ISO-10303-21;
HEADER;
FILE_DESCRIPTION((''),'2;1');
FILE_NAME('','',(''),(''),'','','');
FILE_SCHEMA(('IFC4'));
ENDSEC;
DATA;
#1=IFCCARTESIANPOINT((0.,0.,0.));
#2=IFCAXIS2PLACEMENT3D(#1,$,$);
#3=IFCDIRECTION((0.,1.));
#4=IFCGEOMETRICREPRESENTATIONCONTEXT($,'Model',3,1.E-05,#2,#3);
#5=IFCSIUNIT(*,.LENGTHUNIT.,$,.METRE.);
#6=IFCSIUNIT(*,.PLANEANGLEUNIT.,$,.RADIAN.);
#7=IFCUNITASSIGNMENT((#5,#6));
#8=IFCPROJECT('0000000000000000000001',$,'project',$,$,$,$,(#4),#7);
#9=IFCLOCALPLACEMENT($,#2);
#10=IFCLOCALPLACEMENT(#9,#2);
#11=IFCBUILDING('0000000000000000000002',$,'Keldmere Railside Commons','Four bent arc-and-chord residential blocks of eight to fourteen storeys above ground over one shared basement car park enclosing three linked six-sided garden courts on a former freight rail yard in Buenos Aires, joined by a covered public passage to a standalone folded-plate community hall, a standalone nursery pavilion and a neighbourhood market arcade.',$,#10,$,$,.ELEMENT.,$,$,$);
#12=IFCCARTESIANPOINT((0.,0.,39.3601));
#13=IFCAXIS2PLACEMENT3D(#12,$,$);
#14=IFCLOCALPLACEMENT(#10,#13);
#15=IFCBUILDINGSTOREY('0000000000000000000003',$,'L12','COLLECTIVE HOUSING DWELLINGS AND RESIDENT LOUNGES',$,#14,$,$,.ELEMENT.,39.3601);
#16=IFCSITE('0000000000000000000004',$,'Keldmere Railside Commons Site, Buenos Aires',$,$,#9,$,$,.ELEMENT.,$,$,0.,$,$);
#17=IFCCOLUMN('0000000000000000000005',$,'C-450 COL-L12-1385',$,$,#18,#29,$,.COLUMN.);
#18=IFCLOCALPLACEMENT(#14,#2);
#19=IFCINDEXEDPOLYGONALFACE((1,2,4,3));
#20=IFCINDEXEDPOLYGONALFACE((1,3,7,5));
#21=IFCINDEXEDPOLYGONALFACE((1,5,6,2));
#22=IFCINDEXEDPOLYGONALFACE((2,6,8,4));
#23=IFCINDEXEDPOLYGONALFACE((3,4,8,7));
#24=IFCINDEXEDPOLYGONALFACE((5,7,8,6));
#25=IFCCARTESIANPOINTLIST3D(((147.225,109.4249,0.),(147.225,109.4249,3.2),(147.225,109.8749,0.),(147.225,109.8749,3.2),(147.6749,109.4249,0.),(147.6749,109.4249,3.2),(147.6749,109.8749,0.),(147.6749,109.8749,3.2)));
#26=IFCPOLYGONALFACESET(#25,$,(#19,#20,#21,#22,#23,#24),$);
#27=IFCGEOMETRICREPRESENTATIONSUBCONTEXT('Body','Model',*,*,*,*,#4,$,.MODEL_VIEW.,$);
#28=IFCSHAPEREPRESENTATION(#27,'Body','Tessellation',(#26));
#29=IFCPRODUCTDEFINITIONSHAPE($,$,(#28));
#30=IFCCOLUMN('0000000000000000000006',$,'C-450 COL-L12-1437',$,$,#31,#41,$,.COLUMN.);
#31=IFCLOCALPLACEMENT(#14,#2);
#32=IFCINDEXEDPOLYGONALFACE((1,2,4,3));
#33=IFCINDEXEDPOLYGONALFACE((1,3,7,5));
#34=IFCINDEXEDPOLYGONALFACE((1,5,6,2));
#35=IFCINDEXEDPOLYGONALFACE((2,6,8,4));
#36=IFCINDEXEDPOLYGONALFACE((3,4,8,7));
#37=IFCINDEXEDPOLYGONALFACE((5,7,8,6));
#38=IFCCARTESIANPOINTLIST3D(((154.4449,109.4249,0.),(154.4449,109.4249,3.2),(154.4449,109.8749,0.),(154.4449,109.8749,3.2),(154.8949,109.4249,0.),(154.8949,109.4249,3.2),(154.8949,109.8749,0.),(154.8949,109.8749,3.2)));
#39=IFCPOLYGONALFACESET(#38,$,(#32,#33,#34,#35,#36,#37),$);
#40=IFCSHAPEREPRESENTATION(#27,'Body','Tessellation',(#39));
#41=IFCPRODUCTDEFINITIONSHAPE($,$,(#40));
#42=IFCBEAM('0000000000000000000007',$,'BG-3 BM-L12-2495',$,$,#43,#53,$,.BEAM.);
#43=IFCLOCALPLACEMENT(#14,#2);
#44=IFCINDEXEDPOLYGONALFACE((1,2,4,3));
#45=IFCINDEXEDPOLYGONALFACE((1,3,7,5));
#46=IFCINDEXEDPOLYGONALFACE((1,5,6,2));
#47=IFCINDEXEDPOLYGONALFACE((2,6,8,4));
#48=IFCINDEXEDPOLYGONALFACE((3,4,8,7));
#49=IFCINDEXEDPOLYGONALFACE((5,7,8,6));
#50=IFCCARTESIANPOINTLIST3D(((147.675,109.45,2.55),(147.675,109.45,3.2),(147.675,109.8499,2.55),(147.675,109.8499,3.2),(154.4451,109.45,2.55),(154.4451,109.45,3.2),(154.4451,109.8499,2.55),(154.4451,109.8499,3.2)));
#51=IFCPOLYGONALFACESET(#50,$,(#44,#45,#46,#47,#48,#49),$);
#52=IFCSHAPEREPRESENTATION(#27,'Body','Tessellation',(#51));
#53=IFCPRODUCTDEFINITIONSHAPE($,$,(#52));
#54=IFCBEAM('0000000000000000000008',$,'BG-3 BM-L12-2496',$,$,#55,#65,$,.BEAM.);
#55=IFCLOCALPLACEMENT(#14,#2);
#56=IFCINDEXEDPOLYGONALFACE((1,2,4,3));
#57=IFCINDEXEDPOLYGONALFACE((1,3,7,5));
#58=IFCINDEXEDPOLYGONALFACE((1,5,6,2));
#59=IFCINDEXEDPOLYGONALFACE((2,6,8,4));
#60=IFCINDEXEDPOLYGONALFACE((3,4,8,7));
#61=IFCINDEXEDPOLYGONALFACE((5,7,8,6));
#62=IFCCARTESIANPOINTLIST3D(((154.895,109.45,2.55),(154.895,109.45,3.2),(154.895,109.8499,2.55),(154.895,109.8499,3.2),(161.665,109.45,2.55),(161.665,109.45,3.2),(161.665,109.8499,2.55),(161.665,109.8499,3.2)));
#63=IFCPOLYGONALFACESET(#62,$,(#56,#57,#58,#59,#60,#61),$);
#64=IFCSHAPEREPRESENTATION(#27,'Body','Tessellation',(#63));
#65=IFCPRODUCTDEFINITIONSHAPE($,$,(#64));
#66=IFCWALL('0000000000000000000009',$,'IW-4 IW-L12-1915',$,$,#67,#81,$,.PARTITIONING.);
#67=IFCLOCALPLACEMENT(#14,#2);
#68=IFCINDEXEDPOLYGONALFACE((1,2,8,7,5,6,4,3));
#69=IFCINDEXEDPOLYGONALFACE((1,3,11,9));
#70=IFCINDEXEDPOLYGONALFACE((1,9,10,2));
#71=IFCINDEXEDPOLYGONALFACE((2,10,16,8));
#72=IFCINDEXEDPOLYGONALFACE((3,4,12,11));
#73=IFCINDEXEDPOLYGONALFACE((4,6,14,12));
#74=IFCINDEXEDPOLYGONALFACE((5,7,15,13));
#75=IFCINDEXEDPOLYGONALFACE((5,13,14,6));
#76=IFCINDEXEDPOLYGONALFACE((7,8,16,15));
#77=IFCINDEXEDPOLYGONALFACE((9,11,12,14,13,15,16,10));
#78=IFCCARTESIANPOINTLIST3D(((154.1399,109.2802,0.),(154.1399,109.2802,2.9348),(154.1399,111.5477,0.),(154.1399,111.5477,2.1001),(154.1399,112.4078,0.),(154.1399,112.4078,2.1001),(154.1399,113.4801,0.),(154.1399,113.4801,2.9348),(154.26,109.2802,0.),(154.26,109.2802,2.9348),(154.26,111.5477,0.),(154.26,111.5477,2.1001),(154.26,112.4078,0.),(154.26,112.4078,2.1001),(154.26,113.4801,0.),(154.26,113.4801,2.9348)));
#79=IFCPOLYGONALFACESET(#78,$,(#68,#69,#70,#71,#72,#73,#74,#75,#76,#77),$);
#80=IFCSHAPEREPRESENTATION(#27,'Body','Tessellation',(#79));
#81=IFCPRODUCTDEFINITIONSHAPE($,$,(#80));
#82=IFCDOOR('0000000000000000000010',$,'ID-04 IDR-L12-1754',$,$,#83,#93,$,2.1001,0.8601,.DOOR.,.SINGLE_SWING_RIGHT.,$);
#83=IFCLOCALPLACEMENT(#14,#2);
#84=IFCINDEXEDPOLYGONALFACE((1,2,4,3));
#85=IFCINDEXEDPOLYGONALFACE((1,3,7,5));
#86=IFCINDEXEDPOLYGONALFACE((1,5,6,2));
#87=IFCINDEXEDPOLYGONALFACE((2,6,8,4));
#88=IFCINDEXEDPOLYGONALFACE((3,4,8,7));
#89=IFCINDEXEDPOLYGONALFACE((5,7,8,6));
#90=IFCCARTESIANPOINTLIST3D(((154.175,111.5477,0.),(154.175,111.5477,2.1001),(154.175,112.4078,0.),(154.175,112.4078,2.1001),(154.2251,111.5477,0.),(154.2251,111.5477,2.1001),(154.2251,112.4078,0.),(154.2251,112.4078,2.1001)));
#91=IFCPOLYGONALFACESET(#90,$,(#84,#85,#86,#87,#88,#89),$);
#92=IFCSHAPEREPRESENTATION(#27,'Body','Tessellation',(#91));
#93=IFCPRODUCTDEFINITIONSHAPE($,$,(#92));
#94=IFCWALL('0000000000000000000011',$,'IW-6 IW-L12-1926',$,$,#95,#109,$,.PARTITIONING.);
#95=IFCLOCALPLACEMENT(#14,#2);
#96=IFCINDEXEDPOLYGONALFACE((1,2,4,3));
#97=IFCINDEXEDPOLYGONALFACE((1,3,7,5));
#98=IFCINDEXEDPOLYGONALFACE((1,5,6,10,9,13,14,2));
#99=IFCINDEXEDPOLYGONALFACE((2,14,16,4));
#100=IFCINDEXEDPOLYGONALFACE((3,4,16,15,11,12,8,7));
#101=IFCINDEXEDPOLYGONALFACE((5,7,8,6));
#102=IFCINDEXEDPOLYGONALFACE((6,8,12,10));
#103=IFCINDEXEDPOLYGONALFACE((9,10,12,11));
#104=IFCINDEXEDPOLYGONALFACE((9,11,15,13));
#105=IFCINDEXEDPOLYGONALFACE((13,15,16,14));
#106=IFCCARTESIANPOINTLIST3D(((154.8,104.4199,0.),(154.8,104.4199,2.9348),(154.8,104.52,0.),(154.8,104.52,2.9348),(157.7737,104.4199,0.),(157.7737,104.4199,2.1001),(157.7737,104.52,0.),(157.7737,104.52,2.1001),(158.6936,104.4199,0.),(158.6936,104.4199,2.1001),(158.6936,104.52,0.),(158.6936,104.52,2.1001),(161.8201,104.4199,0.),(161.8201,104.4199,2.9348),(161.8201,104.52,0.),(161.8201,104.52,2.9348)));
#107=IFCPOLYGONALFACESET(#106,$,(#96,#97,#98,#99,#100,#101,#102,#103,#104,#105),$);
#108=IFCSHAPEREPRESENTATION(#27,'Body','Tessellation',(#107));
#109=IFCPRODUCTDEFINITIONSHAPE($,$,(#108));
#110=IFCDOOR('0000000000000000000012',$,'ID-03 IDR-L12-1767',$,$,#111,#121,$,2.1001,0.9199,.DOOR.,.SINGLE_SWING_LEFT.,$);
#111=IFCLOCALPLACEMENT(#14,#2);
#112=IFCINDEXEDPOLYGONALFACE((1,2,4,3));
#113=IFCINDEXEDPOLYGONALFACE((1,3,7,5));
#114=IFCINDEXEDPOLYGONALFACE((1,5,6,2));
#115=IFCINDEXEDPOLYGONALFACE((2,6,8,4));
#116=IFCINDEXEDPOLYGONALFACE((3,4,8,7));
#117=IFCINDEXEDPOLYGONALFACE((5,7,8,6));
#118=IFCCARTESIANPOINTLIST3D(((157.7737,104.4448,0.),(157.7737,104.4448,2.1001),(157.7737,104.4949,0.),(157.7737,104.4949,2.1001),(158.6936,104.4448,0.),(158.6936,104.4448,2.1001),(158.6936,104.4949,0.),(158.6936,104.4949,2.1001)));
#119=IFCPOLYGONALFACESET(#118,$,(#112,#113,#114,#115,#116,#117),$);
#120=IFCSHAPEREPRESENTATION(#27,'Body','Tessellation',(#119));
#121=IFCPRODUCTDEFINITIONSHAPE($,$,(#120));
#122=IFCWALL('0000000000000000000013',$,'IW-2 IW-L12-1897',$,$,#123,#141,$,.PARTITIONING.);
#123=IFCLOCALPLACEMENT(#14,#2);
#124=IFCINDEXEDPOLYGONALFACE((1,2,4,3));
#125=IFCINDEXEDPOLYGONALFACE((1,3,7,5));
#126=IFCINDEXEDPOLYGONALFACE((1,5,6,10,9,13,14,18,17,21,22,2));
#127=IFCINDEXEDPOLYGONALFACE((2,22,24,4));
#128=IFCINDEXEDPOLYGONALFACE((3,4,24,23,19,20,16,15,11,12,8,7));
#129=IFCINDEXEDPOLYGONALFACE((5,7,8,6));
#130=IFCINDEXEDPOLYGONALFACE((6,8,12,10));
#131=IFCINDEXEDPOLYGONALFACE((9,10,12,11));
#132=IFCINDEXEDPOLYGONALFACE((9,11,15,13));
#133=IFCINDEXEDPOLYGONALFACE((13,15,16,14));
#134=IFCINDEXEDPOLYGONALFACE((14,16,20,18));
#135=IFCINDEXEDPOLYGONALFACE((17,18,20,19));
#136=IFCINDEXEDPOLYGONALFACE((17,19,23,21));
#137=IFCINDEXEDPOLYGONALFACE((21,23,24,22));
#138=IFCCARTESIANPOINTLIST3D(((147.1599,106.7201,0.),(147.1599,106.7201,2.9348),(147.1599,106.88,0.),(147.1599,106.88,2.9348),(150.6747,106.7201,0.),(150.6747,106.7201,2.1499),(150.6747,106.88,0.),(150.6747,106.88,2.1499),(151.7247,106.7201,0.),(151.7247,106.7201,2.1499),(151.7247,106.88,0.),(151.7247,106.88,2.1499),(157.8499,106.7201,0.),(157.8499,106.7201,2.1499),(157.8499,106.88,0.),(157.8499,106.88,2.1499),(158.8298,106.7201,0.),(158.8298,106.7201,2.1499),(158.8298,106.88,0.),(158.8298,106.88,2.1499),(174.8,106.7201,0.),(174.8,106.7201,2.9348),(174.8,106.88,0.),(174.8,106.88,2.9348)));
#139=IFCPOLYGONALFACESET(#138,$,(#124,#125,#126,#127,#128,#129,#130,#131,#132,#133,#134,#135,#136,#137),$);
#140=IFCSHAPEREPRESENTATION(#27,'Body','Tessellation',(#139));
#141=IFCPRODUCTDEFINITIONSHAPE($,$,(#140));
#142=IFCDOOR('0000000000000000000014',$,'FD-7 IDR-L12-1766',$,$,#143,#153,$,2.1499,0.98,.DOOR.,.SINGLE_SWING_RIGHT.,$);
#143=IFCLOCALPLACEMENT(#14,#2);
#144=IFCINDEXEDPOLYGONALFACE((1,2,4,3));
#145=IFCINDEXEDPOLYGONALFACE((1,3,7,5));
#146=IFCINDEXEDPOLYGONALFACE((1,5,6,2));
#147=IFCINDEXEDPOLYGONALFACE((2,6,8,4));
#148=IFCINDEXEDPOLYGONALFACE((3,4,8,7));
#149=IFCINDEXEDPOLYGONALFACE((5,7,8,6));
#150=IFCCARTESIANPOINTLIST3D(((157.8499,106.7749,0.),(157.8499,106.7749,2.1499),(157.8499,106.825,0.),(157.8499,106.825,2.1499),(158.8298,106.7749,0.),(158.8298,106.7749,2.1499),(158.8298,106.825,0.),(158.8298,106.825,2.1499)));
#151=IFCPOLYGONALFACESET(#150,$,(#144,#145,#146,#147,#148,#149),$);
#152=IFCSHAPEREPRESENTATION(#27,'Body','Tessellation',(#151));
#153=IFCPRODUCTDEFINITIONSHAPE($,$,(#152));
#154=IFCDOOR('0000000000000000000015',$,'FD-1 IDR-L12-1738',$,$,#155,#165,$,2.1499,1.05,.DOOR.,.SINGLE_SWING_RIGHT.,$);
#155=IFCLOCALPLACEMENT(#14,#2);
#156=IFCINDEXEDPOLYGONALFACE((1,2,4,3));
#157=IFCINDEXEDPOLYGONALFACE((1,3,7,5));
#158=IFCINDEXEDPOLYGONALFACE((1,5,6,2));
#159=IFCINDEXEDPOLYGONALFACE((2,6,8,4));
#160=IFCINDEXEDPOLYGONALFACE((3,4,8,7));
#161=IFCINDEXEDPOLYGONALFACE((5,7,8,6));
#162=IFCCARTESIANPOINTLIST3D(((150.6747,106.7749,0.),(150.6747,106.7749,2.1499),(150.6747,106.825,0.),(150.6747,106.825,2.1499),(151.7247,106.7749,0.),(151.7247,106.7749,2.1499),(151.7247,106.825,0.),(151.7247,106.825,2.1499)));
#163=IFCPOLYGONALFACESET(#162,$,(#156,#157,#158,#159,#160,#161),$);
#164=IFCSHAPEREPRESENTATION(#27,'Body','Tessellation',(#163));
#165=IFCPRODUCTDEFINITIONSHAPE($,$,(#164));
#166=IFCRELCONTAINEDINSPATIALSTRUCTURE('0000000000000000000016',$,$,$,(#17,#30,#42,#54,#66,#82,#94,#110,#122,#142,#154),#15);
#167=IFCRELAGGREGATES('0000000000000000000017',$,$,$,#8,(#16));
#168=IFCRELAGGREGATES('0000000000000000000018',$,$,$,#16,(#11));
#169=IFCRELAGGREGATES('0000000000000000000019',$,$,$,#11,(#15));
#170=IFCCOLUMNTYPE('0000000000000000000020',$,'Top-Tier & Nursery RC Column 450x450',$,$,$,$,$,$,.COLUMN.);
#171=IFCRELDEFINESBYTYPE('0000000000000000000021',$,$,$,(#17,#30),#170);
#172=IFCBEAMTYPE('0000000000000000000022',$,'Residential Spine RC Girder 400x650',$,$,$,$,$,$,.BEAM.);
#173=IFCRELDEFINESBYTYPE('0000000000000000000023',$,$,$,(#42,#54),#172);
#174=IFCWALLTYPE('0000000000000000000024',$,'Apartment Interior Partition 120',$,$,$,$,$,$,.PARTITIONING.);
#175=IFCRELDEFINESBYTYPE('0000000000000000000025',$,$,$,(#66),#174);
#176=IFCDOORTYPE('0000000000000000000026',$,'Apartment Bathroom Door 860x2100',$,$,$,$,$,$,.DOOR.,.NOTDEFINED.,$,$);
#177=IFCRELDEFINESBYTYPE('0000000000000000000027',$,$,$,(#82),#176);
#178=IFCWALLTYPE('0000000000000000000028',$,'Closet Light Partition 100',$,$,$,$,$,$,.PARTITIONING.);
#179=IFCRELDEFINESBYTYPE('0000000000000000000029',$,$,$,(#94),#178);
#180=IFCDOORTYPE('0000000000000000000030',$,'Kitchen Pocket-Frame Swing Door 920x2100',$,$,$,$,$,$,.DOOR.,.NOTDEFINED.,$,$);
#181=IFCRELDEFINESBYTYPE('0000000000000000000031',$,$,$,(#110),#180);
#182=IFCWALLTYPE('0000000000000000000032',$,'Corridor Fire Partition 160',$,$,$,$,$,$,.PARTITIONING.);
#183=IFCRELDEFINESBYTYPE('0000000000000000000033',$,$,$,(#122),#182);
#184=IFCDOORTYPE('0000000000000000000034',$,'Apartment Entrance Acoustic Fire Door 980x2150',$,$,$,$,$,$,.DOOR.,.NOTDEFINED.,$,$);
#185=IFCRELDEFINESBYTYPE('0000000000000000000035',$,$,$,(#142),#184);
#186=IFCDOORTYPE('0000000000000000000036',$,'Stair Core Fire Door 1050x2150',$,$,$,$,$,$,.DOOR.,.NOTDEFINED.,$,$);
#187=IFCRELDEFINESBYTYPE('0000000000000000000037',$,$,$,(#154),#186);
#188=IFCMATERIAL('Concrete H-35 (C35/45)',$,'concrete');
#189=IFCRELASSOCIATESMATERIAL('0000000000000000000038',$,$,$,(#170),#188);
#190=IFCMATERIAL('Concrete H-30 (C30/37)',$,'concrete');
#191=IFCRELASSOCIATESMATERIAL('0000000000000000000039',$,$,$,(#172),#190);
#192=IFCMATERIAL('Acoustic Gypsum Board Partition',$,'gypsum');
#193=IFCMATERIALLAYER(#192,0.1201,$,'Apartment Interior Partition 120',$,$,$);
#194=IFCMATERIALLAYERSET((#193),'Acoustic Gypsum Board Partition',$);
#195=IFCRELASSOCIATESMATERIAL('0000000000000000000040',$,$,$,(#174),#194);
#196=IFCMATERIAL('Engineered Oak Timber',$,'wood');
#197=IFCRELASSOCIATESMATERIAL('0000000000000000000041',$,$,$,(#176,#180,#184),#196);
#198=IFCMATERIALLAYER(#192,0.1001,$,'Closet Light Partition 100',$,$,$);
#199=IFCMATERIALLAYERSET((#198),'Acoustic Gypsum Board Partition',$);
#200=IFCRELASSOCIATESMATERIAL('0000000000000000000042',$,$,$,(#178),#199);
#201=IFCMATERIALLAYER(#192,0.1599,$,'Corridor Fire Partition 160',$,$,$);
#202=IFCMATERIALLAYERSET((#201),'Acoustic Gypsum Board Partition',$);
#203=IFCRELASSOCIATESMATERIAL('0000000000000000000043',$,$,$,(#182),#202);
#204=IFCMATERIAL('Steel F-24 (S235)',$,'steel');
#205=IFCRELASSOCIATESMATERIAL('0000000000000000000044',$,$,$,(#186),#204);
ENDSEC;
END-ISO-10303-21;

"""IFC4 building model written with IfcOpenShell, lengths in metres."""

from ifc_helpers import new_model, si_unit, direction, frame, frame_2d, origin, origin_2d, place, context, subcontext, project, spatial, rectangle, extrude, material, layer, layer_set, material_profile, profile_set, type_object, element, fill, save


model = new_model("IFC4")

# Units and contexts
model_context = context("Model", 3, precision=1e-05, world=origin(), true_north=direction((0.0, 1.0)))
body_context = subcontext(model_context, "Body", "Model", "MODEL_VIEW")
ifc_project = project(units=[si_unit("LENGTHUNIT", "METRE"), si_unit("PLANEANGLEUNIT", "RADIAN")], contexts=[model_context])

# Site, building, storey
site_placement = place(None, origin())
site = spatial("IfcSite", under=ifc_project, at=site_placement, Name="Keldmere Railside Commons Site, Buenos Aires", CompositionType="ELEMENT", RefElevation=0.0)
building_placement = place(site_placement, origin())
building = spatial("IfcBuilding", under=site, at=building_placement, Name="Keldmere Railside Commons", Description="Four bent arc-and-chord residential blocks of eight to fourteen storeys above ground over one shared basement car park enclosing three linked six-sided garden courts on a former freight rail yard in Buenos Aires, joined by a covered public passage to a standalone folded-plate community hall, a standalone nursery pavilion and a neighbourhood market arcade.", CompositionType="ELEMENT")
storey_placement = place(building_placement, frame((0.0, 0.0, 39.3601)))
storey = spatial("IfcBuildingStorey", under=building, at=storey_placement, Name="L12", Description="COLLECTIVE HOUSING DWELLINGS AND RESIDENT LOUNGES", CompositionType="ELEMENT", Elevation=39.3601)

# Columns
ifc_material_1 = material(Name="Concrete H-35 (C35/45)", Category="concrete")
ifc_material_profile_1 = material_profile(ifc_material_1, rectangle(XDim=0.45, YDim=0.45, at=origin_2d()), Name="RC-450x450")
ifc_profile_set_1 = profile_set([ifc_material_profile_1], Name="Concrete H-35 (C35/45)")
column_type = type_object("IfcColumnType", Name="Top-Tier & Nursery RC Column 450x450", PredefinedType="COLUMN", material=ifc_profile_set_1)
for number, where, z_axis, x_axis, name in (
    (1, (147.45, 109.6499, 0.0), (0.0, 0.0, 1.0), (1.0, 0.0, 0.0), "C-450 COL-L12-1385"),
    (2, (154.6699, 109.6499, 0.0), (0.0, 0.0, 1.0), (1.0, 0.0, 0.0), "C-450 COL-L12-1437"),
):
    element("IfcColumn", number, at=place(storey_placement, frame(where, z_axis=z_axis, x_axis=x_axis)), inside=storey, type_object=column_type, Name=name, PredefinedType="COLUMN", context=body_context, shape_type="SweptSolid", body=[
        extrude(rectangle(XDim=0.45, YDim=0.45, at=origin_2d()), origin(), (0.0, 0.0, 1.0), 3.2),
    ])

# Beams
ifc_material_2 = material(Name="Concrete H-30 (C30/37)", Category="concrete")
ifc_material_profile_2 = material_profile(ifc_material_2, rectangle(XDim=0.3999, YDim=0.6499, at=origin_2d()), Name="RC-400x650")
ifc_profile_set_2 = profile_set([ifc_material_profile_2], Name="Concrete H-30 (C30/37)")
beam_type = type_object("IfcBeamType", Name="Residential Spine RC Girder 400x650", PredefinedType="BEAM", material=ifc_profile_set_2)
for number, where, z_axis, x_axis, name in (
    (3, (147.675, 109.6499, 2.875), (1.0, 0.0, 0.0), (0.0, 1.0, 0.0), "BG-3 BM-L12-2495"),
    (4, (154.895, 109.6499, 2.875), (1.0, 0.0, 0.0), (0.0, 1.0, 0.0), "BG-3 BM-L12-2496"),
):
    element("IfcBeam", number, at=place(storey_placement, frame(where, z_axis=z_axis, x_axis=x_axis)), inside=storey, type_object=beam_type, Name=name, PredefinedType="BEAM", context=body_context, shape_type="SweptSolid", body=[
        extrude(rectangle(XDim=0.3999, YDim=0.6499, at=origin_2d()), origin(), (0.0, 0.0, 1.0), 6.77),
    ])

# Walls, openings, doors
ifc_material_3 = material(Name="Acoustic Gypsum Board Partition", Category="gypsum")
ifc_layer_1 = layer(ifc_material_3, 0.1201, Name="Apartment Interior Partition 120")
ifc_layer_set_1 = layer_set([ifc_layer_1], Name="Acoustic Gypsum Board Partition")
wall_type_1 = type_object("IfcWallType", Name="Apartment Interior Partition 120", PredefinedType="PARTITIONING", material=ifc_layer_set_1)
wall_1_placement = place(storey_placement, frame((154.2, 109.28, 0.0), z_axis=(0.0, 0.0, 1.0), x_axis=(0.0, 1.0, 0.0)))
wall_1 = element("IfcWall", 5, at=wall_1_placement, inside=storey, type_object=wall_type_1, Name="IW-4 IW-L12-1915", PredefinedType="PARTITIONING", context=body_context, shape_type="SweptSolid", body=[
    extrude(rectangle(XDim=4.2, YDim=0.1201, at=frame_2d((2.1001, 0.0))), origin(), (0.0, 0.0, 1.0), 2.9348),
])
opening_1_placement = place(wall_1_placement, frame((2.2676, 0.0, 0.0)))
opening_1 = element("IfcOpeningElement", 6, at=opening_1_placement, cuts=wall_1, PredefinedType="OPENING", context=body_context, shape_type="SweptSolid", body=[
    extrude(rectangle(XDim=0.8601, YDim=2.1001, at=frame_2d((0.4302, 1.05))), frame((0.0, 0.0701, 0.0), z_axis=(0.0, -1.0, 0.0), x_axis=(1.0, 0.0, 0.0)), (0.0, 0.0, 1.0), 0.1401),
])
ifc_material_4 = material(Name="Engineered Oak Timber", Category="wood")
door_type_1 = type_object("IfcDoorType", Name="Apartment Bathroom Door 860x2100", OperationType="NOTDEFINED", PredefinedType="DOOR", material=ifc_material_4)
door_1_placement = place(opening_1_placement, origin())
door_1 = element("IfcDoor", 7, at=door_1_placement, inside=storey, type_object=door_type_1, Name="ID-04 IDR-L12-1754", OperationType="SINGLE_SWING_RIGHT", OverallHeight=2.1001, OverallWidth=0.8601, PredefinedType="DOOR", context=body_context, shape_type="SweptSolid", body=[
    extrude(rectangle(XDim=0.8601, YDim=2.1001, at=frame_2d((0.4302, 1.05))), frame((0.0, 0.0249, 0.0), z_axis=(0.0, -1.0, 0.0), x_axis=(1.0, 0.0, 0.0)), (0.0, 0.0, 1.0), 0.05),
])
fill(opening_1, door_1)
ifc_layer_2 = layer(ifc_material_3, 0.1001, Name="Closet Light Partition 100")
ifc_layer_set_2 = layer_set([ifc_layer_2], Name="Acoustic Gypsum Board Partition")
wall_type_2 = type_object("IfcWallType", Name="Closet Light Partition 100", PredefinedType="PARTITIONING", material=ifc_layer_set_2)
wall_2_placement = place(storey_placement, frame((154.8, 104.47, 0.0), z_axis=(0.0, 0.0, 1.0), x_axis=(1.0, 0.0, 0.0)))
wall_2 = element("IfcWall", 8, at=wall_2_placement, inside=storey, type_object=wall_type_2, Name="IW-6 IW-L12-1926", PredefinedType="PARTITIONING", context=body_context, shape_type="SweptSolid", body=[
    extrude(rectangle(XDim=7.02, YDim=0.1001, at=frame_2d((3.51, 0.0))), origin(), (0.0, 0.0, 1.0), 2.9348),
])
opening_2_placement = place(wall_2_placement, frame((2.9736, 0.0, 0.0)))
opening_2 = element("IfcOpeningElement", 9, at=opening_2_placement, cuts=wall_2, PredefinedType="OPENING", context=body_context, shape_type="SweptSolid", body=[
    extrude(rectangle(XDim=0.9199, YDim=2.1001, at=frame_2d((0.46, 1.05))), frame((0.0, 0.0601, 0.0), z_axis=(0.0, -1.0, 0.0), x_axis=(1.0, 0.0, 0.0)), (0.0, 0.0, 1.0), 0.1201),
])
door_type_2 = type_object("IfcDoorType", Name="Kitchen Pocket-Frame Swing Door 920x2100", OperationType="NOTDEFINED", PredefinedType="DOOR", material=ifc_material_4)
door_2_placement = place(opening_2_placement, origin())
door_2 = element("IfcDoor", 10, at=door_2_placement, inside=storey, type_object=door_type_2, Name="ID-03 IDR-L12-1767", OperationType="SINGLE_SWING_LEFT", OverallHeight=2.1001, OverallWidth=0.9199, PredefinedType="DOOR", context=body_context, shape_type="SweptSolid", body=[
    extrude(rectangle(XDim=0.9199, YDim=2.1001, at=frame_2d((0.46, 1.05))), frame((0.0, 0.0249, 0.0), z_axis=(0.0, -1.0, 0.0), x_axis=(1.0, 0.0, 0.0)), (0.0, 0.0, 1.0), 0.05),
])
fill(opening_2, door_2)

# Wall, openings, doors
ifc_layer_3 = layer(ifc_material_3, 0.1599, Name="Corridor Fire Partition 160")
ifc_layer_set_3 = layer_set([ifc_layer_3], Name="Acoustic Gypsum Board Partition")
wall_type_3 = type_object("IfcWallType", Name="Corridor Fire Partition 160", PredefinedType="PARTITIONING", material=ifc_layer_set_3)
wall_3_placement = place(storey_placement, frame((147.1599, 106.8, 0.0), z_axis=(0.0, 0.0, 1.0), x_axis=(1.0, 0.0, 0.0)))
wall_3 = element("IfcWall", 11, at=wall_3_placement, inside=storey, type_object=wall_type_3, Name="IW-2 IW-L12-1897", PredefinedType="PARTITIONING", context=body_context, shape_type="SweptSolid", body=[
    extrude(rectangle(XDim=27.6401, YDim=0.1599, at=frame_2d((13.8201, 0.0))), origin(), (0.0, 0.0, 1.0), 2.9348),
])
opening_3_placement = place(wall_3_placement, frame((3.5149, 0.0, 0.0)))
opening_3 = element("IfcOpeningElement", 12, at=opening_3_placement, cuts=wall_3, PredefinedType="OPENING", context=body_context, shape_type="SweptSolid", body=[
    extrude(rectangle(XDim=1.05, YDim=2.1499, at=frame_2d((0.5249, 1.075))), frame((0.0, 0.0898, 0.0), z_axis=(0.0, -1.0, 0.0), x_axis=(1.0, 0.0, 0.0)), (0.0, 0.0, 1.0), 0.1799),
])
opening_4_placement = place(wall_3_placement, frame((10.6899, 0.0, 0.0)))
opening_4 = element("IfcOpeningElement", 13, at=opening_4_placement, cuts=wall_3, PredefinedType="OPENING", context=body_context, shape_type="SweptSolid", body=[
    extrude(rectangle(XDim=0.98, YDim=2.1499, at=frame_2d((0.49, 1.075))), frame((0.0, 0.0898, 0.0), z_axis=(0.0, -1.0, 0.0), x_axis=(1.0, 0.0, 0.0)), (0.0, 0.0, 1.0), 0.1799),
])
door_type_3 = type_object("IfcDoorType", Name="Apartment Entrance Acoustic Fire Door 980x2150", OperationType="NOTDEFINED", PredefinedType="DOOR", material=ifc_material_4)
door_3_placement = place(opening_4_placement, origin())
door_3 = element("IfcDoor", 14, at=door_3_placement, inside=storey, type_object=door_type_3, Name="FD-7 IDR-L12-1766", OperationType="SINGLE_SWING_RIGHT", OverallHeight=2.1499, OverallWidth=0.98, PredefinedType="DOOR", context=body_context, shape_type="SweptSolid", body=[
    extrude(rectangle(XDim=0.98, YDim=2.1499, at=frame_2d((0.49, 1.075))), frame((0.0, 0.0249, 0.0), z_axis=(0.0, -1.0, 0.0), x_axis=(1.0, 0.0, 0.0)), (0.0, 0.0, 1.0), 0.05),
])
fill(opening_4, door_3)
ifc_material_5 = material(Name="Steel F-24 (S235)", Category="steel")
door_type_4 = type_object("IfcDoorType", Name="Stair Core Fire Door 1050x2150", OperationType="NOTDEFINED", PredefinedType="DOOR", material=ifc_material_5)
door_4_placement = place(opening_3_placement, origin())
door_4 = element("IfcDoor", 15, at=door_4_placement, inside=storey, type_object=door_type_4, Name="FD-1 IDR-L12-1738", OperationType="SINGLE_SWING_RIGHT", OverallHeight=2.1499, OverallWidth=1.05, PredefinedType="DOOR", context=body_context, shape_type="SweptSolid", body=[
    extrude(rectangle(XDim=1.05, YDim=2.1499, at=frame_2d((0.5249, 1.075))), frame((0.0, 0.0249, 0.0), z_axis=(0.0, -1.0, 0.0), x_axis=(1.0, 0.0, 0.0)), (0.0, 0.0, 1.0), 0.05),
])
fill(opening_3, door_4)

save(model, "model.ifc")
